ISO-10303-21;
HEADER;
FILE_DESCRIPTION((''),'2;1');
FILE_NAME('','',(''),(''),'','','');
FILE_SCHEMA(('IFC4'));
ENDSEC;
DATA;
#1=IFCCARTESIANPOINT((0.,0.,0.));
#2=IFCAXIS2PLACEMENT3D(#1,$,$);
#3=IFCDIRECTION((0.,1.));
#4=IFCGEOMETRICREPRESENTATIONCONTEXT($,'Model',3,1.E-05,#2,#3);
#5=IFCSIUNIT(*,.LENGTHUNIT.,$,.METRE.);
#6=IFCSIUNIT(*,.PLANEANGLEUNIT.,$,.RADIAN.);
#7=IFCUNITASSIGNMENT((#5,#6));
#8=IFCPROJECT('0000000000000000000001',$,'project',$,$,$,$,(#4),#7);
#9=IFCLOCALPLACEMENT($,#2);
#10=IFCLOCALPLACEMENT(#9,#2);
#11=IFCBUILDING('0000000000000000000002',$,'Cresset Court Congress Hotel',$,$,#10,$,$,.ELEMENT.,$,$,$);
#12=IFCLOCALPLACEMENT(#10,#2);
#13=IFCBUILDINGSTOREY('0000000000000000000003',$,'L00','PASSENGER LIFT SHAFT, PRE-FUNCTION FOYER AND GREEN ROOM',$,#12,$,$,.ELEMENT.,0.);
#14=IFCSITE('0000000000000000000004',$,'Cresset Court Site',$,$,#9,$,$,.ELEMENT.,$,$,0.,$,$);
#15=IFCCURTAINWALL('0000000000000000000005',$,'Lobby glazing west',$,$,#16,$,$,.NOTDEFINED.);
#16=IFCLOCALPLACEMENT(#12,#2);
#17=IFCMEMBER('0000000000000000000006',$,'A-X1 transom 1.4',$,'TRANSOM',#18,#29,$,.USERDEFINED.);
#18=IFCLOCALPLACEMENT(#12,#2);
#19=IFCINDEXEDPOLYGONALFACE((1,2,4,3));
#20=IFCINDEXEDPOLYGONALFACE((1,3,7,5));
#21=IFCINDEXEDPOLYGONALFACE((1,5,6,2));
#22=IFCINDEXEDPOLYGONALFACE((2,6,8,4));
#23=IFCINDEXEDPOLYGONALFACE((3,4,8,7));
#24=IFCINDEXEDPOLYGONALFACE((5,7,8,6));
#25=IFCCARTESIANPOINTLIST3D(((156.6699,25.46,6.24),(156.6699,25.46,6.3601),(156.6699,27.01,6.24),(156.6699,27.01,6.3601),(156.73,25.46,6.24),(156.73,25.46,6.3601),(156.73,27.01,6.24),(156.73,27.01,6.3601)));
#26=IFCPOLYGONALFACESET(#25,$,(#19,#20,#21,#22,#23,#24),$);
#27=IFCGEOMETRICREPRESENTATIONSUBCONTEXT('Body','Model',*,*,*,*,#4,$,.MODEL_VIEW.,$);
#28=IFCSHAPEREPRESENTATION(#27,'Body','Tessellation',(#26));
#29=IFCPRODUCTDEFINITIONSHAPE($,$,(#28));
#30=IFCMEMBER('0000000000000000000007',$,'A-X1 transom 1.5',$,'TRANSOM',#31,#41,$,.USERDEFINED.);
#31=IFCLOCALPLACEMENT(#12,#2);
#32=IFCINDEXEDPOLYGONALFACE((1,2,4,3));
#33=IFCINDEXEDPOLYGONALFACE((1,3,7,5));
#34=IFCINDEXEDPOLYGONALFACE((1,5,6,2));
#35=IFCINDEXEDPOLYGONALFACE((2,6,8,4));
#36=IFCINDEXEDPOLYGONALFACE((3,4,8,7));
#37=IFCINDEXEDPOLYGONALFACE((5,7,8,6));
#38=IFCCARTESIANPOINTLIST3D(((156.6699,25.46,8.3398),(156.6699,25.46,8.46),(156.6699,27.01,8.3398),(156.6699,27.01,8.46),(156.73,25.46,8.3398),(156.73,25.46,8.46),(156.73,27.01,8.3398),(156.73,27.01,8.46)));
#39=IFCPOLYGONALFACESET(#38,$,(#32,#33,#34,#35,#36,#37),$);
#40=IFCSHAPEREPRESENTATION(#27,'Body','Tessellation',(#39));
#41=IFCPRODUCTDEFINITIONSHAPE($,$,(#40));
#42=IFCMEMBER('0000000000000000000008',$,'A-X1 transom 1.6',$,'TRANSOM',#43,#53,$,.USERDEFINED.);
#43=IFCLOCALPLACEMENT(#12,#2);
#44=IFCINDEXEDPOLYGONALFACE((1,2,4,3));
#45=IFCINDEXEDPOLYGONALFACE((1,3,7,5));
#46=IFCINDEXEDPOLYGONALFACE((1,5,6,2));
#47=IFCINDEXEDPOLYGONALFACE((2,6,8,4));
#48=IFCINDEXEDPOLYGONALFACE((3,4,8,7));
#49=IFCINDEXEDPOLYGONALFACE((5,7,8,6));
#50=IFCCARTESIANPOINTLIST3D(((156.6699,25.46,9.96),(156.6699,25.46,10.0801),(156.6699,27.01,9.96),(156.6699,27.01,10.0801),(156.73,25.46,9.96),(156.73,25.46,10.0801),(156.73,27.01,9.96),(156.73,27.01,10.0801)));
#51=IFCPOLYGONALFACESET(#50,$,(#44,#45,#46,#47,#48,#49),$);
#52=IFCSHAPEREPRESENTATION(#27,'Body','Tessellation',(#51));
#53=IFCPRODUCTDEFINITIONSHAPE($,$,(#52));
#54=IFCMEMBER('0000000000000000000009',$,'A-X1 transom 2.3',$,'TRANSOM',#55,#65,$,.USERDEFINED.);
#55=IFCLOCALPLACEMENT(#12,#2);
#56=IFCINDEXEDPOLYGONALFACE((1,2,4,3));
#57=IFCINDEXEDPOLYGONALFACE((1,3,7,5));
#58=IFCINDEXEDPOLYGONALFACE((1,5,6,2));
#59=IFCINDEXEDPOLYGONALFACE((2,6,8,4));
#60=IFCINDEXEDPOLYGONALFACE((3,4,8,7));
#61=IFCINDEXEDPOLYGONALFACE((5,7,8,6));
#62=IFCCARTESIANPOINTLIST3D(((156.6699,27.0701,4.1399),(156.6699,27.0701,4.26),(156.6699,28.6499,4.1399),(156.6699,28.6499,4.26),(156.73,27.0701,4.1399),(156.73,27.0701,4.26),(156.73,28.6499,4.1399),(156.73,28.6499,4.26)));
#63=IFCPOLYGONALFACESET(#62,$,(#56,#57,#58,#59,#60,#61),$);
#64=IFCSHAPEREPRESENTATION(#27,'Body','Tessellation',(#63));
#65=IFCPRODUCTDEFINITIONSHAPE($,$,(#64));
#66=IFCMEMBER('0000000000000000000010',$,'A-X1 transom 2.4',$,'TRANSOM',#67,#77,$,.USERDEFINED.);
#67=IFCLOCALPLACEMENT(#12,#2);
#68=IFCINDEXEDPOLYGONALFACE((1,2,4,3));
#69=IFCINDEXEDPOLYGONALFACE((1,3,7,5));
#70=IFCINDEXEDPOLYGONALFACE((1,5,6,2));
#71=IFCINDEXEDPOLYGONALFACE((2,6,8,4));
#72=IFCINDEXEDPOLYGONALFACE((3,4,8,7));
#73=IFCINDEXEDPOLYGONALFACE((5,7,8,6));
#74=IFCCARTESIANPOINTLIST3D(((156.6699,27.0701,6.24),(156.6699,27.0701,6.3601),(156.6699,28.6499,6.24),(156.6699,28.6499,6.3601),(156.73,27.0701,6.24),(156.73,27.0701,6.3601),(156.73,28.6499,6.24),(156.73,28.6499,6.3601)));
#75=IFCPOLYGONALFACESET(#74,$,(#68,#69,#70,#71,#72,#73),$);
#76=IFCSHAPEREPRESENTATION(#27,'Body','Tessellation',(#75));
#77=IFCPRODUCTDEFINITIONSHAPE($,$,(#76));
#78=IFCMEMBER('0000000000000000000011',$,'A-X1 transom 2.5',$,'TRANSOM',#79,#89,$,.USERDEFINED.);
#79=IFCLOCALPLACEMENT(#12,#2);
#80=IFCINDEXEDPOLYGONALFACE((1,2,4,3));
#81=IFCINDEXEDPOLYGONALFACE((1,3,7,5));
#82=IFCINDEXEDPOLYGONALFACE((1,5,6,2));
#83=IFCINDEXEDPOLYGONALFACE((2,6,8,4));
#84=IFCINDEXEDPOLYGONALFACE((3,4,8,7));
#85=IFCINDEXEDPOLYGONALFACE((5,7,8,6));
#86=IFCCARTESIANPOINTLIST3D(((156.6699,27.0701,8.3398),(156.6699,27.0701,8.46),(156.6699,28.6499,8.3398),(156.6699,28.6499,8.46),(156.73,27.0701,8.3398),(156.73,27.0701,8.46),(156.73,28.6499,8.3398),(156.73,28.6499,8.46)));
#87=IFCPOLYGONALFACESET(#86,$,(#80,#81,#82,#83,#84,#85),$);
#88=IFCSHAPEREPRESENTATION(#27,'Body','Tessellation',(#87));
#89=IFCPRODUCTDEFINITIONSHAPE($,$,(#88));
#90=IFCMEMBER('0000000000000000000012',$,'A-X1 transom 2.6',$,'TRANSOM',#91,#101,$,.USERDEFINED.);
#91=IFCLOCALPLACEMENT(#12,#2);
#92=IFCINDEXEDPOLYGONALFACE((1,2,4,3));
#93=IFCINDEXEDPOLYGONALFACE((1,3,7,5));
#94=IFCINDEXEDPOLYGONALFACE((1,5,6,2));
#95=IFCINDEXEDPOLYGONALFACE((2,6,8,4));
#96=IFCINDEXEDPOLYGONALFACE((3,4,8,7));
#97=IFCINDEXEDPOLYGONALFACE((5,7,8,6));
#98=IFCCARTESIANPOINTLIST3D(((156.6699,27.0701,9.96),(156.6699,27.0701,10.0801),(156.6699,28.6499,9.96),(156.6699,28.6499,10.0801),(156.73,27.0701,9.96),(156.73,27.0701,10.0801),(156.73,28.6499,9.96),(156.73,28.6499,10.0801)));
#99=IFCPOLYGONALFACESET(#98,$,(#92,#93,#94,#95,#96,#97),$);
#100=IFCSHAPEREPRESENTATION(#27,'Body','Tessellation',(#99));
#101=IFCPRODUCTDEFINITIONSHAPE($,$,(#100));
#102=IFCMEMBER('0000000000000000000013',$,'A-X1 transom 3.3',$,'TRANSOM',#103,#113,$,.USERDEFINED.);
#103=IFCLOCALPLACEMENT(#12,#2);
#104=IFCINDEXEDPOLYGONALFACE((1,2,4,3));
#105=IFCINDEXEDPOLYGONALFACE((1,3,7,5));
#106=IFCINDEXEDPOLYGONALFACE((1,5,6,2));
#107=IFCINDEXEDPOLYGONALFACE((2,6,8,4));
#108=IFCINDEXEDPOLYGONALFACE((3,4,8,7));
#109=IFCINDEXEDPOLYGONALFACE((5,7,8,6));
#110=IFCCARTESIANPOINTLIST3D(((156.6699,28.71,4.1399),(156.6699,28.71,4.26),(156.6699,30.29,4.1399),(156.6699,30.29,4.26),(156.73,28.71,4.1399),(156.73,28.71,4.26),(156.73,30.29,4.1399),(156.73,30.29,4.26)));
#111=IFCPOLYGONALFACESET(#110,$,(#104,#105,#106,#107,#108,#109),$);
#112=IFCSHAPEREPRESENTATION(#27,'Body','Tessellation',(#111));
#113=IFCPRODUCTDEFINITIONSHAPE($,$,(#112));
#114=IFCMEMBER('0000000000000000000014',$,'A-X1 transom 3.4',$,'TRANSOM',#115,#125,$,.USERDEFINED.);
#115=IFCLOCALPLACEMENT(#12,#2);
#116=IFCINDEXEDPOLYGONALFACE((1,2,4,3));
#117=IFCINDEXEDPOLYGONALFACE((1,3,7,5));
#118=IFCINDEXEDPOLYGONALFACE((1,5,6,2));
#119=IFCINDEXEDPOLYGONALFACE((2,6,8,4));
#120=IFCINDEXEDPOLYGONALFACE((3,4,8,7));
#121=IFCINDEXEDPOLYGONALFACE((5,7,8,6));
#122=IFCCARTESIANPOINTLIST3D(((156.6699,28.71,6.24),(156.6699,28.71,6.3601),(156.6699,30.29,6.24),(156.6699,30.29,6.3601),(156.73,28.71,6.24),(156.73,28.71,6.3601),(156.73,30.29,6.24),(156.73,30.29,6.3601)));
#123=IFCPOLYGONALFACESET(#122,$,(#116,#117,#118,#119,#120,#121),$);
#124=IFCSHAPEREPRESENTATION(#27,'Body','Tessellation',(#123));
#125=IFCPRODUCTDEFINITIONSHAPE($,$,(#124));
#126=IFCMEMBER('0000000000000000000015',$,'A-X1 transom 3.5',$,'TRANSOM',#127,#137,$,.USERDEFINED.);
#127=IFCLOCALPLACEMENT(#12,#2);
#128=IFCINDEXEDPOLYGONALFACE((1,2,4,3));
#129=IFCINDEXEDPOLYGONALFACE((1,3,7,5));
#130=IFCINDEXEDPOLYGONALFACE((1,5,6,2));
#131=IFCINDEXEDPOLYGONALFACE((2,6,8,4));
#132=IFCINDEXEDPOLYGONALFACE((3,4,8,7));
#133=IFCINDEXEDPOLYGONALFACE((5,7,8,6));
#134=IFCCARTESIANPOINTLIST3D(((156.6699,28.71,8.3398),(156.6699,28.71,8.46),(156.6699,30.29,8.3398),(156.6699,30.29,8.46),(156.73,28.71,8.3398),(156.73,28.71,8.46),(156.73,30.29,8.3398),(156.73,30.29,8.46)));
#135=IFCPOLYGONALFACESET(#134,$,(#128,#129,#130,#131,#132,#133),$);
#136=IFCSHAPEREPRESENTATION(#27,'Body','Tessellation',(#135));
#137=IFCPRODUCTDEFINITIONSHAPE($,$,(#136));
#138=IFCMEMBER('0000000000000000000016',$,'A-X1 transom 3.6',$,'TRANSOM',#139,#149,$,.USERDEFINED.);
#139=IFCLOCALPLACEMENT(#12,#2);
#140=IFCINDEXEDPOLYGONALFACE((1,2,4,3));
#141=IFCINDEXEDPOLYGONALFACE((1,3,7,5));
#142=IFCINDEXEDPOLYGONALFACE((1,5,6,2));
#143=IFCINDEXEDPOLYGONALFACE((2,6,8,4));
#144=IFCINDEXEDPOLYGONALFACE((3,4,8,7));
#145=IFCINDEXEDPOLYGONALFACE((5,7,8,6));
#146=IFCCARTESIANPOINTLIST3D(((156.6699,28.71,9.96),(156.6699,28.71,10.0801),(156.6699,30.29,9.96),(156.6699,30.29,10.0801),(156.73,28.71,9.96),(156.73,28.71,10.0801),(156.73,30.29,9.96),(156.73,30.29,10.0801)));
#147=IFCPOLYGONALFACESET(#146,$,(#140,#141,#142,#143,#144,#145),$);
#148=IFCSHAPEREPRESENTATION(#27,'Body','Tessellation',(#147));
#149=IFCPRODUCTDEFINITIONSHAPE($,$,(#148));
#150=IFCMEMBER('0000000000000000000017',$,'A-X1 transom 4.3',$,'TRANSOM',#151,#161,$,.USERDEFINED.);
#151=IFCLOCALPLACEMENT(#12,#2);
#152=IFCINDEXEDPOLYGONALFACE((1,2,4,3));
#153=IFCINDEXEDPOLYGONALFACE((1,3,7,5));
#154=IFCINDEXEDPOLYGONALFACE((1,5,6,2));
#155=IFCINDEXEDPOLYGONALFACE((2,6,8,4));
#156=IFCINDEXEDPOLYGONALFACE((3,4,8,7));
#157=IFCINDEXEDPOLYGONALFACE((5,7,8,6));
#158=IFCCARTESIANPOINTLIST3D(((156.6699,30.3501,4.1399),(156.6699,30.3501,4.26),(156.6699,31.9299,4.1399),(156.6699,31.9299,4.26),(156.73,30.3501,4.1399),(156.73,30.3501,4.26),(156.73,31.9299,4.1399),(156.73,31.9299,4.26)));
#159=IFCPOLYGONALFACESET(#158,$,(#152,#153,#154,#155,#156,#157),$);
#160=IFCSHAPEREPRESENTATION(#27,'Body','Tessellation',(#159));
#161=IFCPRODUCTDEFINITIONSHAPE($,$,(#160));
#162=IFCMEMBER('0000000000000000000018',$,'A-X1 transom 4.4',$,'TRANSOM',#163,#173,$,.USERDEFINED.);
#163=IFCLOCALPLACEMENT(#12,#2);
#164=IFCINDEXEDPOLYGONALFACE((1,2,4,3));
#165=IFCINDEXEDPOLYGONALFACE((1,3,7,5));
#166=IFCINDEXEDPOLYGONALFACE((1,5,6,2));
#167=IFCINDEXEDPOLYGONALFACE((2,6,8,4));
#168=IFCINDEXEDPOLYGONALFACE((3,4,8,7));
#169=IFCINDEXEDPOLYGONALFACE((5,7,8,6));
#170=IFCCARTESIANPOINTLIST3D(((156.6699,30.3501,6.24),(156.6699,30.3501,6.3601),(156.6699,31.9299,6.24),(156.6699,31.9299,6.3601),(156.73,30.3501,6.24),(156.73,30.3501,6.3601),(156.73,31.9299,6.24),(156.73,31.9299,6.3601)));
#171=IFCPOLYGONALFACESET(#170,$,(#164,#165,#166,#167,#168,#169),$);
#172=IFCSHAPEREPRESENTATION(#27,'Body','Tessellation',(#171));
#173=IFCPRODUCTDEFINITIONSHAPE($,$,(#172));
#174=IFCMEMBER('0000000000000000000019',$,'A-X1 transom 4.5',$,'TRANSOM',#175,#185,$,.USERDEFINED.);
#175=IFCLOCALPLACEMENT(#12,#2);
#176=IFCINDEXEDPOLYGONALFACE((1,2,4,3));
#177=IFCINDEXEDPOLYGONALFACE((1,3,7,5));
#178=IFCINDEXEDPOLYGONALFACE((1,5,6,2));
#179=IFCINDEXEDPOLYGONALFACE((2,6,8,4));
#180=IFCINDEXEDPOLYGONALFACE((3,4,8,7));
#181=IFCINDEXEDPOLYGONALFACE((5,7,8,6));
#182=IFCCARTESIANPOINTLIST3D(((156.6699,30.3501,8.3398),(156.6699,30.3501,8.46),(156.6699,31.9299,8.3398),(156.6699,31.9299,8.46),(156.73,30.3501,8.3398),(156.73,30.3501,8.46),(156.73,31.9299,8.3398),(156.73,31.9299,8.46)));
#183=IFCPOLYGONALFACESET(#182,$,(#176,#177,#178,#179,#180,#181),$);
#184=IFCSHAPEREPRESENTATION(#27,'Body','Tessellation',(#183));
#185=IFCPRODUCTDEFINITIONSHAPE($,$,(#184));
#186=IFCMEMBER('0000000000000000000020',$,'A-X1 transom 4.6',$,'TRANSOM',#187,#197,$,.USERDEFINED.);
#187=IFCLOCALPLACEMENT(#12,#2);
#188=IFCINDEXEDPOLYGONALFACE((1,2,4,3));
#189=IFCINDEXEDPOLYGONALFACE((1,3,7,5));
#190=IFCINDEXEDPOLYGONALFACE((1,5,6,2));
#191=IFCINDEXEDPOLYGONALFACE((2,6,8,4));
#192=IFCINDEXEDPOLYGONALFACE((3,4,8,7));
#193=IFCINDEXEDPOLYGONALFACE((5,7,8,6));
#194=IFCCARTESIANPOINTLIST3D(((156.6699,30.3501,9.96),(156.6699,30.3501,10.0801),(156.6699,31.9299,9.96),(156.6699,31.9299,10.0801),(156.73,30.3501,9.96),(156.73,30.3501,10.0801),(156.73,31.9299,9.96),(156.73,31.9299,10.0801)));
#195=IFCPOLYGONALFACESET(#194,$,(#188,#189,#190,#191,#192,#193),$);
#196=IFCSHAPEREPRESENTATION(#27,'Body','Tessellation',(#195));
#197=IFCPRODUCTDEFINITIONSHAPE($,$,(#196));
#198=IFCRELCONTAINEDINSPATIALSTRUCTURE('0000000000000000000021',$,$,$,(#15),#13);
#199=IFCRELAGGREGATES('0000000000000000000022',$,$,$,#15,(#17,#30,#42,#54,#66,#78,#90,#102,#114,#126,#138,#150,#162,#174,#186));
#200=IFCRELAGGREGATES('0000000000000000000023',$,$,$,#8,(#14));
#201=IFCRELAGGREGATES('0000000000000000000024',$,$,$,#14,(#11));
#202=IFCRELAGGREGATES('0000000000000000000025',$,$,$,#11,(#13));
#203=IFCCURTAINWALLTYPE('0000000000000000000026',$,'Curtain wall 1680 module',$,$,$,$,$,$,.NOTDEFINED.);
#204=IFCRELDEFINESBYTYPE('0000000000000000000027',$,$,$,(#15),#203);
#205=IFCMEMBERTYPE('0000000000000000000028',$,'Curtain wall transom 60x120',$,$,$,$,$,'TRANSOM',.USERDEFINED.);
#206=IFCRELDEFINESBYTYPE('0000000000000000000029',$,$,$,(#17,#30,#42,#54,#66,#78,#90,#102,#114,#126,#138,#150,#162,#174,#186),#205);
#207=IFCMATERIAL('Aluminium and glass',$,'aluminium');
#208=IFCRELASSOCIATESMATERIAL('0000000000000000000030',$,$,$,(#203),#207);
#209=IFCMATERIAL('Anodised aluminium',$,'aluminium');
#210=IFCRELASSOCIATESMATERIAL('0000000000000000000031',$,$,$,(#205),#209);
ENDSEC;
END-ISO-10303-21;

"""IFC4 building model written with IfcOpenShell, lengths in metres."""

from ifc_helpers import new_model, si_unit, direction, frame, origin, origin_2d, place, context, subcontext, project, spatial, rectangle, extrude, material, material_profile, profile_set, type_object, element, aggregate, save


model = new_model("IFC4")

# Units and contexts
model_context = context("Model", 3, precision=1e-05, world=origin(), true_north=direction((0.0, 1.0)))
body_context = subcontext(model_context, "Body", "Model", "MODEL_VIEW")
ifc_project = project(units=[si_unit("LENGTHUNIT", "METRE"), si_unit("PLANEANGLEUNIT", "RADIAN")], contexts=[model_context])

# Site, building, storey
site_placement = place(None, origin())
site = spatial("IfcSite", under=ifc_project, at=site_placement, Name="Cresset Court Site", CompositionType="ELEMENT", RefElevation=0.0)
building_placement = place(site_placement, origin())
building = spatial("IfcBuilding", under=site, at=building_placement, Name="Cresset Court Congress Hotel", CompositionType="ELEMENT")
storey_placement = place(building_placement, origin())
storey = spatial("IfcBuildingStorey", under=building, at=storey_placement, Name="L00", Description="PASSENGER LIFT SHAFT, PRE-FUNCTION FOYER AND GREEN ROOM", CompositionType="ELEMENT", Elevation=0.0)

# Curtain wall, members
ifc_material_1 = material(Name="Aluminium and glass", Category="aluminium")
curtain_wall_type = type_object("IfcCurtainWallType", Name="Curtain wall 1680 module", PredefinedType="NOTDEFINED", material=ifc_material_1)
curtain_wall_placement = place(storey_placement, origin())
curtain_wall = element("IfcCurtainWall", 1, at=curtain_wall_placement, inside=storey, type_object=curtain_wall_type, Name="Lobby glazing west", PredefinedType="NOTDEFINED")
ifc_material_2 = material(Name="Anodised aluminium", Category="aluminium")
ifc_material_profile = material_profile(ifc_material_2, rectangle(XDim=0.0601, YDim=0.1201, at=origin_2d()), Name="AL60x120")
ifc_profile_set = profile_set([ifc_material_profile], Name="Anodised aluminium")
member_type = type_object("IfcMemberType", Name="Curtain wall transom 60x120", ElementType="TRANSOM", PredefinedType="USERDEFINED", material=ifc_profile_set)
member_1_placement = place(storey_placement, frame((156.7, 25.46, 6.3), z_axis=(0.0, 1.0, 0.0), x_axis=(-1.0, 0.0, 0.0)))
member_1 = element("IfcMember", 2, at=member_1_placement, type_object=member_type, Name="A-X1 transom 1.4", ObjectType="TRANSOM", PredefinedType="USERDEFINED", context=body_context, shape_type="SweptSolid", body=[
    extrude(rectangle(XDim=0.0601, YDim=0.1201, at=origin_2d()), origin(), (0.0, 0.0, 1.0), 1.55),
])
member_2_placement = place(storey_placement, frame((156.7, 25.46, 8.3999), z_axis=(0.0, 1.0, 0.0), x_axis=(-1.0, 0.0, 0.0)))
member_2 = element("IfcMember", 3, at=member_2_placement, type_object=member_type, Name="A-X1 transom 1.5", ObjectType="TRANSOM", PredefinedType="USERDEFINED", context=body_context, shape_type="SweptSolid", body=[
    extrude(rectangle(XDim=0.0601, YDim=0.1201, at=origin_2d()), origin(), (0.0, 0.0, 1.0), 1.55),
])
member_3_placement = place(storey_placement, frame((156.7, 25.46, 10.02), z_axis=(0.0, 1.0, 0.0), x_axis=(-1.0, 0.0, 0.0)))
member_3 = element("IfcMember", 4, at=member_3_placement, type_object=member_type, Name="A-X1 transom 1.6", ObjectType="TRANSOM", PredefinedType="USERDEFINED", context=body_context, shape_type="SweptSolid", body=[
    extrude(rectangle(XDim=0.0601, YDim=0.1201, at=origin_2d()), origin(), (0.0, 0.0, 1.0), 1.55),
])
member_4_placement = place(storey_placement, frame((156.7, 27.0701, 4.2), z_axis=(0.0, 1.0, 0.0), x_axis=(-1.0, 0.0, 0.0)))
member_4 = element("IfcMember", 5, at=member_4_placement, type_object=member_type, Name="A-X1 transom 2.3", ObjectType="TRANSOM", PredefinedType="USERDEFINED", context=body_context, shape_type="SweptSolid", body=[
    extrude(rectangle(XDim=0.0601, YDim=0.1201, at=origin_2d()), origin(), (0.0, 0.0, 1.0), 1.5798),
])
member_5_placement = place(storey_placement, frame((156.7, 27.0701, 6.3), z_axis=(0.0, 1.0, 0.0), x_axis=(-1.0, 0.0, 0.0)))
member_5 = element("IfcMember", 6, at=member_5_placement, type_object=member_type, Name="A-X1 transom 2.4", ObjectType="TRANSOM", PredefinedType="USERDEFINED", context=body_context, shape_type="SweptSolid", body=[
    extrude(rectangle(XDim=0.0601, YDim=0.1201, at=origin_2d()), origin(), (0.0, 0.0, 1.0), 1.5798),
])
member_6_placement = place(storey_placement, frame((156.7, 27.0701, 8.3999), z_axis=(0.0, 1.0, 0.0), x_axis=(-1.0, 0.0, 0.0)))
member_6 = element("IfcMember", 7, at=member_6_placement, type_object=member_type, Name="A-X1 transom 2.5", ObjectType="TRANSOM", PredefinedType="USERDEFINED", context=body_context, shape_type="SweptSolid", body=[
    extrude(rectangle(XDim=0.0601, YDim=0.1201, at=origin_2d()), origin(), (0.0, 0.0, 1.0), 1.5798),
])
member_7_placement = place(storey_placement, frame((156.7, 27.0701, 10.02), z_axis=(0.0, 1.0, 0.0), x_axis=(-1.0, 0.0, 0.0)))
member_7 = element("IfcMember", 8, at=member_7_placement, type_object=member_type, Name="A-X1 transom 2.6", ObjectType="TRANSOM", PredefinedType="USERDEFINED", context=body_context, shape_type="SweptSolid", body=[
    extrude(rectangle(XDim=0.0601, YDim=0.1201, at=origin_2d()), origin(), (0.0, 0.0, 1.0), 1.5798),
])
member_8_placement = place(storey_placement, frame((156.7, 28.71, 4.2), z_axis=(0.0, 1.0, 0.0), x_axis=(-1.0, 0.0, 0.0)))
member_8 = element("IfcMember", 9, at=member_8_placement, type_object=member_type, Name="A-X1 transom 3.3", ObjectType="TRANSOM", PredefinedType="USERDEFINED", context=body_context, shape_type="SweptSolid", body=[
    extrude(rectangle(XDim=0.0601, YDim=0.1201, at=origin_2d()), origin(), (0.0, 0.0, 1.0), 1.5801),
])
member_9_placement = place(storey_placement, frame((156.7, 28.71, 6.3), z_axis=(0.0, 1.0, 0.0), x_axis=(-1.0, 0.0, 0.0)))
member_9 = element("IfcMember", 10, at=member_9_placement, type_object=member_type, Name="A-X1 transom 3.4", ObjectType="TRANSOM", PredefinedType="USERDEFINED", context=body_context, shape_type="SweptSolid", body=[
    extrude(rectangle(XDim=0.0601, YDim=0.1201, at=origin_2d()), origin(), (0.0, 0.0, 1.0), 1.5801),
])
member_10_placement = place(storey_placement, frame((156.7, 28.71, 8.3999), z_axis=(0.0, 1.0, 0.0), x_axis=(-1.0, 0.0, 0.0)))
member_10 = element("IfcMember", 11, at=member_10_placement, type_object=member_type, Name="A-X1 transom 3.5", ObjectType="TRANSOM", PredefinedType="USERDEFINED", context=body_context, shape_type="SweptSolid", body=[
    extrude(rectangle(XDim=0.0601, YDim=0.1201, at=origin_2d()), origin(), (0.0, 0.0, 1.0), 1.5801),
])
member_11_placement = place(storey_placement, frame((156.7, 28.71, 10.02), z_axis=(0.0, 1.0, 0.0), x_axis=(-1.0, 0.0, 0.0)))
member_11 = element("IfcMember", 12, at=member_11_placement, type_object=member_type, Name="A-X1 transom 3.6", ObjectType="TRANSOM", PredefinedType="USERDEFINED", context=body_context, shape_type="SweptSolid", body=[
    extrude(rectangle(XDim=0.0601, YDim=0.1201, at=origin_2d()), origin(), (0.0, 0.0, 1.0), 1.5801),
])
member_12_placement = place(storey_placement, frame((156.7, 30.3501, 4.2), z_axis=(0.0, 1.0, 0.0), x_axis=(-1.0, 0.0, 0.0)))
member_12 = element("IfcMember", 13, at=member_12_placement, type_object=member_type, Name="A-X1 transom 4.3", ObjectType="TRANSOM", PredefinedType="USERDEFINED", context=body_context, shape_type="SweptSolid", body=[
    extrude(rectangle(XDim=0.0601, YDim=0.1201, at=origin_2d()), origin(), (0.0, 0.0, 1.0), 1.5798),
])
member_13_placement = place(storey_placement, frame((156.7, 30.3501, 6.3), z_axis=(0.0, 1.0, 0.0), x_axis=(-1.0, 0.0, 0.0)))
member_13 = element("IfcMember", 14, at=member_13_placement, type_object=member_type, Name="A-X1 transom 4.4", ObjectType="TRANSOM", PredefinedType="USERDEFINED", context=body_context, shape_type="SweptSolid", body=[
    extrude(rectangle(XDim=0.0601, YDim=0.1201, at=origin_2d()), origin(), (0.0, 0.0, 1.0), 1.5798),
])
member_14_placement = place(storey_placement, frame((156.7, 30.3501, 8.3999), z_axis=(0.0, 1.0, 0.0), x_axis=(-1.0, 0.0, 0.0)))
member_14 = element("IfcMember", 15, at=member_14_placement, type_object=member_type, Name="A-X1 transom 4.5", ObjectType="TRANSOM", PredefinedType="USERDEFINED", context=body_context, shape_type="SweptSolid", body=[
    extrude(rectangle(XDim=0.0601, YDim=0.1201, at=origin_2d()), origin(), (0.0, 0.0, 1.0), 1.5798),
])
member_15_placement = place(storey_placement, frame((156.7, 30.3501, 10.02), z_axis=(0.0, 1.0, 0.0), x_axis=(-1.0, 0.0, 0.0)))
member_15 = element("IfcMember", 16, at=member_15_placement, type_object=member_type, Name="A-X1 transom 4.6", ObjectType="TRANSOM", PredefinedType="USERDEFINED", context=body_context, shape_type="SweptSolid", body=[
    extrude(rectangle(XDim=0.0601, YDim=0.1201, at=origin_2d()), origin(), (0.0, 0.0, 1.0), 1.5798),
])
aggregate(curtain_wall, [member_1, member_2, member_3, member_4, member_5, member_6, member_7, member_8, member_9, member_10, member_11, member_12, member_13, member_14, member_15])

save(model, "model.ifc")
